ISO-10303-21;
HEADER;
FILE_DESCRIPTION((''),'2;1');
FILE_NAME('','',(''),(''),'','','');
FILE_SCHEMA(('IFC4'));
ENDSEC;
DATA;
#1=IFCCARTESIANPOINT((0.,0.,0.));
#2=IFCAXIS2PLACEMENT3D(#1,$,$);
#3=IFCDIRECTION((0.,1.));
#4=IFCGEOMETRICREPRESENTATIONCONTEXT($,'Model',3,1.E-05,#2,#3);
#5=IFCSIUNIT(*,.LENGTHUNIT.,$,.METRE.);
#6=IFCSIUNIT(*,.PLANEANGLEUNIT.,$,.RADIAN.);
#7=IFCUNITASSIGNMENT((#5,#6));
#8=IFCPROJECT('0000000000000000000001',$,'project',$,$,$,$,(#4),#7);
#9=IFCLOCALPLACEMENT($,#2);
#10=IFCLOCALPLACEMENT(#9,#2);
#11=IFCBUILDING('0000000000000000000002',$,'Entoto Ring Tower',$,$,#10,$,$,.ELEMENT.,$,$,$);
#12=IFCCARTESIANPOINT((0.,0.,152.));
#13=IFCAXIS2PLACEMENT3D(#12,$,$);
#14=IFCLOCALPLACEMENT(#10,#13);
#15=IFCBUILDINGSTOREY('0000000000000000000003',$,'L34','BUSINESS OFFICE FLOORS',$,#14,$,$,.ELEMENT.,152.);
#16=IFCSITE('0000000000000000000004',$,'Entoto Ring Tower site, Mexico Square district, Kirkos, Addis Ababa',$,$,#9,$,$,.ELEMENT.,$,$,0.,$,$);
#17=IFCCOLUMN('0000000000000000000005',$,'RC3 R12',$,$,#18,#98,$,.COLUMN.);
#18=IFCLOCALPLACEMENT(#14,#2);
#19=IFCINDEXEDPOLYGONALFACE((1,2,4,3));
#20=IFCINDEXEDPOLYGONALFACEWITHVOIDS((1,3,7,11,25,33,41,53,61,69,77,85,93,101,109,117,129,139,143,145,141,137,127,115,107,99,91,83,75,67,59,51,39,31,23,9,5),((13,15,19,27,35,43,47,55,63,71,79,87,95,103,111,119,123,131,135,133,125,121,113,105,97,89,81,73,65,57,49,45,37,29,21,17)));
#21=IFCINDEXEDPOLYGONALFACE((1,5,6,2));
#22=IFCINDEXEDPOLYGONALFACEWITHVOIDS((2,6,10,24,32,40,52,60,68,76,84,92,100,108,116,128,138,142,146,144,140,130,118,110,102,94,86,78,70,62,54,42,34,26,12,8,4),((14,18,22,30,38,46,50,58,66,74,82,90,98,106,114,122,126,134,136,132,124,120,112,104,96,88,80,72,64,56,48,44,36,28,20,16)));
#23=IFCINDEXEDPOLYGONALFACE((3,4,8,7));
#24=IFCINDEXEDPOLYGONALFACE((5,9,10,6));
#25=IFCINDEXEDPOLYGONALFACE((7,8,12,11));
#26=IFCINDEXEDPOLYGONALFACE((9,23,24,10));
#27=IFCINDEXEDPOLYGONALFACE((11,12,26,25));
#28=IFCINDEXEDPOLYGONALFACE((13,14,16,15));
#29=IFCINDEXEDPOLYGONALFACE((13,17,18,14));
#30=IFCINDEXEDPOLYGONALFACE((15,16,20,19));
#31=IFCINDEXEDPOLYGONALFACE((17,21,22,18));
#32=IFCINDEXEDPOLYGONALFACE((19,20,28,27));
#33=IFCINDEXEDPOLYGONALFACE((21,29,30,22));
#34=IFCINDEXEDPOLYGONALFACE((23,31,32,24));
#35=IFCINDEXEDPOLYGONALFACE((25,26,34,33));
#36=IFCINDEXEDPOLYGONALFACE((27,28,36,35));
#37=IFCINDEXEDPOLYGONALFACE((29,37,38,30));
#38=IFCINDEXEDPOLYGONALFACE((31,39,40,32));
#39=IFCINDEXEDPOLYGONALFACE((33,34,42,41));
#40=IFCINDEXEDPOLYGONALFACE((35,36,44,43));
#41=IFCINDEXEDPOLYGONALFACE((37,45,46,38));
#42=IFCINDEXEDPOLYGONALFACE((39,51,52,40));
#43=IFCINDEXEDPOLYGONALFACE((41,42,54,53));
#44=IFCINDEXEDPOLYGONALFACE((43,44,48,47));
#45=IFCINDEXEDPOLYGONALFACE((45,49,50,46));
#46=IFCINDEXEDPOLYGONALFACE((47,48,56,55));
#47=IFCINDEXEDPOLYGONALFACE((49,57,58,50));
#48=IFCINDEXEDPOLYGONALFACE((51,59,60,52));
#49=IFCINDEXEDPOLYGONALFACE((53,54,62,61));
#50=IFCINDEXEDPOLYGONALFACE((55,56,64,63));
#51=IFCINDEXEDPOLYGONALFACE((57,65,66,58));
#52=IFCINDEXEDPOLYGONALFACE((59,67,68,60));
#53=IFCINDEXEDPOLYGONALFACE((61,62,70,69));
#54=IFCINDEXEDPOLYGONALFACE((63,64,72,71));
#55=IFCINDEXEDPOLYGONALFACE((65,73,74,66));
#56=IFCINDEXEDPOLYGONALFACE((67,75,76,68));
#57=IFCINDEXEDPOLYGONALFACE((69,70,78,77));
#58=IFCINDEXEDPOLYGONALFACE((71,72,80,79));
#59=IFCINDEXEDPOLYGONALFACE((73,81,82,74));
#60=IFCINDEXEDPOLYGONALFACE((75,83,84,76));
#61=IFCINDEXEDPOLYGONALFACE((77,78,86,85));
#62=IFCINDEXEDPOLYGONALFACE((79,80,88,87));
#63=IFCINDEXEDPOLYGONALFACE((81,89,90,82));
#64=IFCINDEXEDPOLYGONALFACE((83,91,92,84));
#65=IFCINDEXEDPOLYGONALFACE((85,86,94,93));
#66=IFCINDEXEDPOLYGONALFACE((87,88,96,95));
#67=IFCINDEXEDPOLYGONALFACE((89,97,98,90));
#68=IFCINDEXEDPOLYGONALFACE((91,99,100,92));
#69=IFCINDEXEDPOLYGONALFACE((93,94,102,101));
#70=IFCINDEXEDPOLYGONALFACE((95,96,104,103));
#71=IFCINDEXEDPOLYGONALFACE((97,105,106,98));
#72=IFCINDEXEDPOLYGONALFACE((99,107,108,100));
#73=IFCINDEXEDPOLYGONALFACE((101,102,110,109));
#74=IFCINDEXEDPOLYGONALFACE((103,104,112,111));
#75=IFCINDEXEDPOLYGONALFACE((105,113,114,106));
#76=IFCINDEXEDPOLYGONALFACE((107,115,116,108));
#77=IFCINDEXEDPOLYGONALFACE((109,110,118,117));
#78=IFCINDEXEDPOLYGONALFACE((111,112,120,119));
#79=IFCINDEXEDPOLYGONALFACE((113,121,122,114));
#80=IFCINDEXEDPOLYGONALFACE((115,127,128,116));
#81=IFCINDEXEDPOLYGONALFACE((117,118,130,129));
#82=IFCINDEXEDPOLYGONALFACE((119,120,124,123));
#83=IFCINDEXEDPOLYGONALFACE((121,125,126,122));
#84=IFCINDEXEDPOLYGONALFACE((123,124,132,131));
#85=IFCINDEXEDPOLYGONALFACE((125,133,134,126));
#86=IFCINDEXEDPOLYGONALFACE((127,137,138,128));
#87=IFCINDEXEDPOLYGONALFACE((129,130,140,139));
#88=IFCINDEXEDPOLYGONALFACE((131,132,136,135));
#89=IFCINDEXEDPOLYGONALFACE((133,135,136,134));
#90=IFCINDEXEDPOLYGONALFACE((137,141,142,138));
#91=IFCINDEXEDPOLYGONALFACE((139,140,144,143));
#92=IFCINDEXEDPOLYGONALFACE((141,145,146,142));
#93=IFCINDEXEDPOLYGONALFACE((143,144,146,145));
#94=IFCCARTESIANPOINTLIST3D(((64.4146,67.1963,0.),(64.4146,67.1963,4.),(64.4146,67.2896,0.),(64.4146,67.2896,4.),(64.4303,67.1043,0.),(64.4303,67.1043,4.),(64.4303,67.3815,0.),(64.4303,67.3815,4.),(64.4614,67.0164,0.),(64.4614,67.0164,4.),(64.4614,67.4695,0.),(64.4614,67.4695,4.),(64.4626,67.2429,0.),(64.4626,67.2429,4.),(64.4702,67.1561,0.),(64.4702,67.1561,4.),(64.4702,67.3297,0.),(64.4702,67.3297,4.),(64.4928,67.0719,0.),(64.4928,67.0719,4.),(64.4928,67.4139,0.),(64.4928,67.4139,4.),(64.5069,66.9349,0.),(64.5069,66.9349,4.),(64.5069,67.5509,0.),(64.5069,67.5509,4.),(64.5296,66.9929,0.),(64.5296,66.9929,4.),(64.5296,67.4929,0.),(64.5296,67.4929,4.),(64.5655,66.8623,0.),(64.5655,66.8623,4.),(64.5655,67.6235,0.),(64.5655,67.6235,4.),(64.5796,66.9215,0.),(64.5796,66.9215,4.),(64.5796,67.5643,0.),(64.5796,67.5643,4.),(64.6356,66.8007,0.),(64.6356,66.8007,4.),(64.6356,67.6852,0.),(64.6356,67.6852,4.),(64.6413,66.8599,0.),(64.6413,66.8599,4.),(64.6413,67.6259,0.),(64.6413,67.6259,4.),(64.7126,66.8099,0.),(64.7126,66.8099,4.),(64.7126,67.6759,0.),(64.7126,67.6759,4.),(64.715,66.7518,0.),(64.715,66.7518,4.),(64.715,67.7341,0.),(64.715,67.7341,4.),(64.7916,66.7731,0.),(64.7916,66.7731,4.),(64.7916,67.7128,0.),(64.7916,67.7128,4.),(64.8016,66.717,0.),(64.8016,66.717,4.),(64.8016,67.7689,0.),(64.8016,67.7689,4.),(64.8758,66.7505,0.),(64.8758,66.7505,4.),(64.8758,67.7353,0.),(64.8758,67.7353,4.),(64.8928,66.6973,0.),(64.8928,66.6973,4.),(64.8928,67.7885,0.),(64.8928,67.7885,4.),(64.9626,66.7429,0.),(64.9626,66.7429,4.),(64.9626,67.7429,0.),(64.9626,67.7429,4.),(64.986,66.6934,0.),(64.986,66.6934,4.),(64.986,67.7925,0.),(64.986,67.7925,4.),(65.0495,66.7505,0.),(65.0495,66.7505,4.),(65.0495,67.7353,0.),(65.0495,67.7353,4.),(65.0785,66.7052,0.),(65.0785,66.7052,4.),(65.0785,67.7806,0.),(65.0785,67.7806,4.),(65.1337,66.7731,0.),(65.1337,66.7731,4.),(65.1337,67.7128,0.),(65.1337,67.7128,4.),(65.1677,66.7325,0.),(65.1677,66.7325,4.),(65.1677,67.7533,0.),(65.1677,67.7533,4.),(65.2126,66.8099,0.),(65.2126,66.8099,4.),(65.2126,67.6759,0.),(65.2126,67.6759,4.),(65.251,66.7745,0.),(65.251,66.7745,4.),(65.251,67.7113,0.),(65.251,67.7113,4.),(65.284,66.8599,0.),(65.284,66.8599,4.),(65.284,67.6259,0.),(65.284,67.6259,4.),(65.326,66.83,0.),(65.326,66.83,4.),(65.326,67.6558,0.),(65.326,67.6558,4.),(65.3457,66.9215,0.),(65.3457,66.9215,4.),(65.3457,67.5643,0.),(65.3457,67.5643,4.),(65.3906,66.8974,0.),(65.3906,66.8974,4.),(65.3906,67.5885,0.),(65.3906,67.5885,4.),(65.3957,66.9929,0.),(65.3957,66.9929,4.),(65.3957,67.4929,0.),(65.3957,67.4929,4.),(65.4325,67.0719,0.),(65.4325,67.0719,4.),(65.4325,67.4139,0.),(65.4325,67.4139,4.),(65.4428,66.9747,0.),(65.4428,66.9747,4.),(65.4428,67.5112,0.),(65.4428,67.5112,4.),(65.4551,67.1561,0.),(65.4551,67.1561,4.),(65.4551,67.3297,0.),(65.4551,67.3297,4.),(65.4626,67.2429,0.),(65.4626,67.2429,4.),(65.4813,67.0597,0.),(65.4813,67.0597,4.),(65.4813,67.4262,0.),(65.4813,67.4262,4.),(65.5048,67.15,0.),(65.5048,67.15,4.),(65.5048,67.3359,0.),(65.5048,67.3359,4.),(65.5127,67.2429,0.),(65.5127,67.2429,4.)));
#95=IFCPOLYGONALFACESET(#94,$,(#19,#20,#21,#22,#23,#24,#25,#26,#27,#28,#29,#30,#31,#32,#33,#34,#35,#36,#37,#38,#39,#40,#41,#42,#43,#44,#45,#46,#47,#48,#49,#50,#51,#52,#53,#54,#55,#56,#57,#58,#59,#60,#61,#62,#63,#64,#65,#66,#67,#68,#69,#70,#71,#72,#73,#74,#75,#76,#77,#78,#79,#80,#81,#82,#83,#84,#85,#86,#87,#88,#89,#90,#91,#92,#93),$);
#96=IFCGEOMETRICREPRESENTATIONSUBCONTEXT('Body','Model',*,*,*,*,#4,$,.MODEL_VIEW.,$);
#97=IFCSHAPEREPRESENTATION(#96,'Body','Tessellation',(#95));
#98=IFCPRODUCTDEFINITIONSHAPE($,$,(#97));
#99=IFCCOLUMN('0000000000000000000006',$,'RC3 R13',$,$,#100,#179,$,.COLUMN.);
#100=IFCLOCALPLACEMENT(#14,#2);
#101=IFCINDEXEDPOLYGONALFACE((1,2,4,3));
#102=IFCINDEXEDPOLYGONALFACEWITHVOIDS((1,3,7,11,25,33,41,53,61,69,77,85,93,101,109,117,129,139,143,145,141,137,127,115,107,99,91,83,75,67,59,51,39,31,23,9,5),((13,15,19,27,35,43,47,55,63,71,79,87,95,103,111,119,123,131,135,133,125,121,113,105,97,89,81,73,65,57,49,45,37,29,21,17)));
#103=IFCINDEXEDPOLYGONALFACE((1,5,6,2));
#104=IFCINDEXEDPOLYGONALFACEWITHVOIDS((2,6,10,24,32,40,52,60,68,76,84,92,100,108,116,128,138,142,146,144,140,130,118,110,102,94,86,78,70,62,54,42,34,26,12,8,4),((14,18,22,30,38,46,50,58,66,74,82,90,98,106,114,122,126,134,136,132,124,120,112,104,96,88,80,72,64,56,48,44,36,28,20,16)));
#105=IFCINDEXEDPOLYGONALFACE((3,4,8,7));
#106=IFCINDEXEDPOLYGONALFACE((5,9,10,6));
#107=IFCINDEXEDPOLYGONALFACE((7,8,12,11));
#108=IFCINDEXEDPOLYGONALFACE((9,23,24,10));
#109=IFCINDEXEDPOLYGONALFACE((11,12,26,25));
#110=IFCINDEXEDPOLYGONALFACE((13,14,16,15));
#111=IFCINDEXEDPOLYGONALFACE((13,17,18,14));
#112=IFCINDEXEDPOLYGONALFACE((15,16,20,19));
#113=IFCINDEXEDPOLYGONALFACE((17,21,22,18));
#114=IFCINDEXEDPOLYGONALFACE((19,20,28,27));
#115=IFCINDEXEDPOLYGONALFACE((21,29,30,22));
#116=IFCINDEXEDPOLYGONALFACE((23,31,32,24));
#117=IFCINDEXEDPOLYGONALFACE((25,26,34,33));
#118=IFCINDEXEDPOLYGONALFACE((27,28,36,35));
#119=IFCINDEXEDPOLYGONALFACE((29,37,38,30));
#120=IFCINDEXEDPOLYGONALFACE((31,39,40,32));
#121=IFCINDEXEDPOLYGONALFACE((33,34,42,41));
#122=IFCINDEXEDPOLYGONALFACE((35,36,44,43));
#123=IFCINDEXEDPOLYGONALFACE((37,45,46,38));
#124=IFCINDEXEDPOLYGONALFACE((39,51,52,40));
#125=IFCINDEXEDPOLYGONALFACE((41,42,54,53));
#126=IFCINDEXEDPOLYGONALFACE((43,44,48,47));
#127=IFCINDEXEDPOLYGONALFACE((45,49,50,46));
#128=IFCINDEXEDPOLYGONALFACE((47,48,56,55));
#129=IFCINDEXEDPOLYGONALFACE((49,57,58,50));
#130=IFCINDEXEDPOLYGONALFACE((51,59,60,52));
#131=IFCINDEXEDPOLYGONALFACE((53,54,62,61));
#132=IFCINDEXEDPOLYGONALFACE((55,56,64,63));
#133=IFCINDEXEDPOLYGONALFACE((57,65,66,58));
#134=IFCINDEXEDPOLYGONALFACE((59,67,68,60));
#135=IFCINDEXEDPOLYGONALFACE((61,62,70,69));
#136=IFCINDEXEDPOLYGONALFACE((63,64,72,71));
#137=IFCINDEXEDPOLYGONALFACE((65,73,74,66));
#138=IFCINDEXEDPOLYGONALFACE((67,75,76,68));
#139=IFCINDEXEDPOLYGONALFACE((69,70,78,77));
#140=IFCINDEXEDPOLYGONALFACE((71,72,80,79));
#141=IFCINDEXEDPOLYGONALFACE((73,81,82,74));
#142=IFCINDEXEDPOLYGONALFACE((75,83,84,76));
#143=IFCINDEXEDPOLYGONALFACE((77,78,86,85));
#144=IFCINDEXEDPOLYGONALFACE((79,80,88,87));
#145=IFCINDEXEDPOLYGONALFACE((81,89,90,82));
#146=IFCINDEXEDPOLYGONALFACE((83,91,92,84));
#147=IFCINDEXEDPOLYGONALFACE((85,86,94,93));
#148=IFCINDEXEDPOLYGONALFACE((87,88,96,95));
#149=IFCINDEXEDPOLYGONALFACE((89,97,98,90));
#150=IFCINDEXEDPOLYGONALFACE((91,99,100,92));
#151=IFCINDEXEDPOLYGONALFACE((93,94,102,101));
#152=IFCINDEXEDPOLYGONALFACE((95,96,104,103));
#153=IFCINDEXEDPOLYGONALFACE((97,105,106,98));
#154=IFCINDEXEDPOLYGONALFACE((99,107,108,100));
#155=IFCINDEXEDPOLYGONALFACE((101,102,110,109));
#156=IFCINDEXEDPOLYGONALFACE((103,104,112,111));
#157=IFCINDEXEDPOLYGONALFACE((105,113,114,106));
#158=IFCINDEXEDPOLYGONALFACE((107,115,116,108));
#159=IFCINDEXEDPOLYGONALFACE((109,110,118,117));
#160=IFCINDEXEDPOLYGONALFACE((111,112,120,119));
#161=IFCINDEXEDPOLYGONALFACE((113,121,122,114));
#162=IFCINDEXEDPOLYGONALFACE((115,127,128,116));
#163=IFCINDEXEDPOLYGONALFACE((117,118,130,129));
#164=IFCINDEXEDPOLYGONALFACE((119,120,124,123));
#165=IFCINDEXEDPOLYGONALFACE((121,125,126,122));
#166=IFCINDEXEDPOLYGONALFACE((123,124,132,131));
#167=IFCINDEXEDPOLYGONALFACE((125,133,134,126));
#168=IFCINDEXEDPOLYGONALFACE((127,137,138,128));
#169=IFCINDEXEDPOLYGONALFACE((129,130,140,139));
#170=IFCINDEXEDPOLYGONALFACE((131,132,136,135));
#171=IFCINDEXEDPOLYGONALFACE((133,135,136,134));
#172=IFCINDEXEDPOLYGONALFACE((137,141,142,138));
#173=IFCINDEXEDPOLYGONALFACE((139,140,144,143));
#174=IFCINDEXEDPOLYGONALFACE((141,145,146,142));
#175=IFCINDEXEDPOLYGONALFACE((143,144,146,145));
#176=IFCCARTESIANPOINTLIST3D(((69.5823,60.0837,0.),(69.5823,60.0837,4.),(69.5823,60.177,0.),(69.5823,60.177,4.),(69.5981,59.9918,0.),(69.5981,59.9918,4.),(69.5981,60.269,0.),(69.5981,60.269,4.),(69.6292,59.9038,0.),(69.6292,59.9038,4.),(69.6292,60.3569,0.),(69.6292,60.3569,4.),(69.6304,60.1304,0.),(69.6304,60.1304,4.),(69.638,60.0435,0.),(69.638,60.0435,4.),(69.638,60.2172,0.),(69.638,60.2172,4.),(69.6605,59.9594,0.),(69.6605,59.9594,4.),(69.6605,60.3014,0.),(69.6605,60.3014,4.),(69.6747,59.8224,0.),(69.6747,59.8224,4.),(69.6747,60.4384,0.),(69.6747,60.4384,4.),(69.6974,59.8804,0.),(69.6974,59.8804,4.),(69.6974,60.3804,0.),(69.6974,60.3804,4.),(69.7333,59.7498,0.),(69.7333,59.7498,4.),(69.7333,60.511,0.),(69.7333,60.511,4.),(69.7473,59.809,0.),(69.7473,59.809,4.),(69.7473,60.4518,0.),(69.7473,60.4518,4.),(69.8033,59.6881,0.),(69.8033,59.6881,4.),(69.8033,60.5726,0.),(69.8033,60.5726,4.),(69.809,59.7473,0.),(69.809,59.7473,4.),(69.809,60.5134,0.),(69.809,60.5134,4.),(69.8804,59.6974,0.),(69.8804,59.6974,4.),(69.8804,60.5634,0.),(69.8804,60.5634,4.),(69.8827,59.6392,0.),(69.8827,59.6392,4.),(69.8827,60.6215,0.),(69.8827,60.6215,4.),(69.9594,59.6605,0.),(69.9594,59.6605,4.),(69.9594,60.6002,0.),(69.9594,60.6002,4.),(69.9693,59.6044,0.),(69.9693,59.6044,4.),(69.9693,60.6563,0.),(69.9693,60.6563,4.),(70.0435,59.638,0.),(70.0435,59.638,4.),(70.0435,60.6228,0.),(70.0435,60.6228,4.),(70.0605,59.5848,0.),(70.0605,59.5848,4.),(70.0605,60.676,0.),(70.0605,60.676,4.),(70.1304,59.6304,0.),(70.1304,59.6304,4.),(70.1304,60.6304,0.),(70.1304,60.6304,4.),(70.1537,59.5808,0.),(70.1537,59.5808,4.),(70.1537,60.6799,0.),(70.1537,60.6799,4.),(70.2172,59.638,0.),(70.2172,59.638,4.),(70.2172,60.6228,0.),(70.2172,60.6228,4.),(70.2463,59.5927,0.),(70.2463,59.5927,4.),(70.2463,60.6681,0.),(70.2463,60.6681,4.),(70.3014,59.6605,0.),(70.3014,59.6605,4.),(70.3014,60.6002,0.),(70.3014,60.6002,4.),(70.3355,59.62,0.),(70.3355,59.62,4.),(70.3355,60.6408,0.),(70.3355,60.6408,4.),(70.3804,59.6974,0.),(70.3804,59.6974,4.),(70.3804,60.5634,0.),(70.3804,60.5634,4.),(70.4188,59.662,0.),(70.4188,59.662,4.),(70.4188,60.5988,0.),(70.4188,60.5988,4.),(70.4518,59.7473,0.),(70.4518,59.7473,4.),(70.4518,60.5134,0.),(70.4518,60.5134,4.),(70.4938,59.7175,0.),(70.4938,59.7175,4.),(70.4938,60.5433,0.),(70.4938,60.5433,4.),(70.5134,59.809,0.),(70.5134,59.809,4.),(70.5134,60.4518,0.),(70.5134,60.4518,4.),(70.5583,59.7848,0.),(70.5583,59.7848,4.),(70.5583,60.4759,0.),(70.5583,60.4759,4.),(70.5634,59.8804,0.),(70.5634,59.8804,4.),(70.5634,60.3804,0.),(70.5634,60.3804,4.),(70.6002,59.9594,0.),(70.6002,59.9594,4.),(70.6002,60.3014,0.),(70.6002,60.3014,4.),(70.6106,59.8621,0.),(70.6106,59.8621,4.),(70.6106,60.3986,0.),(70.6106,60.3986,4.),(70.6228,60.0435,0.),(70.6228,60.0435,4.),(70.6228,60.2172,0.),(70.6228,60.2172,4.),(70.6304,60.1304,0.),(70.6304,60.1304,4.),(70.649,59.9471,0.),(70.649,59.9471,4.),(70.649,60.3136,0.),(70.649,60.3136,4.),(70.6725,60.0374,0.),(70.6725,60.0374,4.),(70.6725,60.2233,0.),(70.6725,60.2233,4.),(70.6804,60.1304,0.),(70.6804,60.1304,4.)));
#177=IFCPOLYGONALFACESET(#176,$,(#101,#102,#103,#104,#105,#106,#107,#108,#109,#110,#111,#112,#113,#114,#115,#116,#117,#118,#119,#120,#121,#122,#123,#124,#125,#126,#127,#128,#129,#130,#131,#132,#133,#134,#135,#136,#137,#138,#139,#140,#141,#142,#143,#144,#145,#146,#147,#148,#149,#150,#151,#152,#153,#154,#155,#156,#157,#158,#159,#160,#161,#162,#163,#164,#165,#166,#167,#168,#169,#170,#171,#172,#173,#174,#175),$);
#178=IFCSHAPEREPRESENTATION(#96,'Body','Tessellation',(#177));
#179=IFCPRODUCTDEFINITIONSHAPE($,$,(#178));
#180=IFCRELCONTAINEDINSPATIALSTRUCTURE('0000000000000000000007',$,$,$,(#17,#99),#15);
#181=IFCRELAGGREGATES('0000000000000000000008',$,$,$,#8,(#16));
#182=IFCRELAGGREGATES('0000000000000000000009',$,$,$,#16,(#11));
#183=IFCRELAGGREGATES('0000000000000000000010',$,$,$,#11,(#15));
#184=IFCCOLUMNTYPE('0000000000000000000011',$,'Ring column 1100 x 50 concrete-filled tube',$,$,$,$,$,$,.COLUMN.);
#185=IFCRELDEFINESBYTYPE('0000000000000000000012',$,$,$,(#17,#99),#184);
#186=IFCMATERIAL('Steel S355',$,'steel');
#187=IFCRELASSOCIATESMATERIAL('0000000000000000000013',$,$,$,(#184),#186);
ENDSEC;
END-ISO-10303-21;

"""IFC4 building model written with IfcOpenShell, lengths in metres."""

from ifc_helpers import new_model, si_unit, direction, frame, origin, origin_2d, place, context, subcontext, project, spatial, circle, hollow_circle, extrude, material, material_profile, profile_set, type_object, element, save


model = new_model("IFC4")

# Units and contexts
model_context = context("Model", 3, precision=1e-05, world=origin(), true_north=direction((0.0, 1.0)))
body_context = subcontext(model_context, "Body", "Model", "MODEL_VIEW")
ifc_project = project(units=[si_unit("LENGTHUNIT", "METRE"), si_unit("PLANEANGLEUNIT", "RADIAN")], contexts=[model_context])

# Site, building, storey
site_placement = place(None, origin())
site = spatial("IfcSite", under=ifc_project, at=site_placement, Name="Entoto Ring Tower site, Mexico Square district, Kirkos, Addis Ababa", CompositionType="ELEMENT", RefElevation=0.0)
building_placement = place(site_placement, origin())
building = spatial("IfcBuilding", under=site, at=building_placement, Name="Entoto Ring Tower", CompositionType="ELEMENT")
storey_placement = place(building_placement, frame((0.0, 0.0, 152.0)))
storey = spatial("IfcBuildingStorey", under=building, at=storey_placement, Name="L34", Description="BUSINESS OFFICE FLOORS", CompositionType="ELEMENT", Elevation=152.0)

# Columns
ifc_material_1 = material(Name="Steel S355", Category="steel")
ifc_material_profile_1 = material_profile(ifc_material_1, hollow_circle(Radius=0.55, WallThickness=0.05, at=origin_2d()), Name="CHS 1100 x 50")
ifc_material_2 = material(Name="Concrete C60/75", Category="concrete")
ifc_material_profile_2 = material_profile(ifc_material_2, circle(Radius=0.5, at=origin_2d()), Name="Concrete C60/75 infill")
ifc_profile_set_1 = profile_set([ifc_material_profile_1, ifc_material_profile_2], Name="Steel S355")
column_type = type_object("IfcColumnType", Name="Ring column 1100 x 50 concrete-filled tube", PredefinedType="COLUMN", material=ifc_profile_set_1)
for number, where, z_axis, x_axis, name in (
    (1, (64.9626, 67.2429, 0.0), (0.0, 0.0, 1.0), (1.0, 0.0, 0.0), "RC3 R12"),
    (2, (70.1304, 60.1304, 0.0), (0.0, 0.0, 1.0), (1.0, 0.0, 0.0), "RC3 R13"),
):
    element("IfcColumn", number, at=place(storey_placement, frame(where, z_axis=z_axis, x_axis=x_axis)), inside=storey, type_object=column_type, Name=name, PredefinedType="COLUMN", context=body_context, shape_type="SweptSolid", body=[
        extrude(hollow_circle(Radius=0.55, WallThickness=0.05, at=origin_2d()), origin(), (0.0, 0.0, 1.0), 4.0),
    ])

save(model, "model.ifc")
